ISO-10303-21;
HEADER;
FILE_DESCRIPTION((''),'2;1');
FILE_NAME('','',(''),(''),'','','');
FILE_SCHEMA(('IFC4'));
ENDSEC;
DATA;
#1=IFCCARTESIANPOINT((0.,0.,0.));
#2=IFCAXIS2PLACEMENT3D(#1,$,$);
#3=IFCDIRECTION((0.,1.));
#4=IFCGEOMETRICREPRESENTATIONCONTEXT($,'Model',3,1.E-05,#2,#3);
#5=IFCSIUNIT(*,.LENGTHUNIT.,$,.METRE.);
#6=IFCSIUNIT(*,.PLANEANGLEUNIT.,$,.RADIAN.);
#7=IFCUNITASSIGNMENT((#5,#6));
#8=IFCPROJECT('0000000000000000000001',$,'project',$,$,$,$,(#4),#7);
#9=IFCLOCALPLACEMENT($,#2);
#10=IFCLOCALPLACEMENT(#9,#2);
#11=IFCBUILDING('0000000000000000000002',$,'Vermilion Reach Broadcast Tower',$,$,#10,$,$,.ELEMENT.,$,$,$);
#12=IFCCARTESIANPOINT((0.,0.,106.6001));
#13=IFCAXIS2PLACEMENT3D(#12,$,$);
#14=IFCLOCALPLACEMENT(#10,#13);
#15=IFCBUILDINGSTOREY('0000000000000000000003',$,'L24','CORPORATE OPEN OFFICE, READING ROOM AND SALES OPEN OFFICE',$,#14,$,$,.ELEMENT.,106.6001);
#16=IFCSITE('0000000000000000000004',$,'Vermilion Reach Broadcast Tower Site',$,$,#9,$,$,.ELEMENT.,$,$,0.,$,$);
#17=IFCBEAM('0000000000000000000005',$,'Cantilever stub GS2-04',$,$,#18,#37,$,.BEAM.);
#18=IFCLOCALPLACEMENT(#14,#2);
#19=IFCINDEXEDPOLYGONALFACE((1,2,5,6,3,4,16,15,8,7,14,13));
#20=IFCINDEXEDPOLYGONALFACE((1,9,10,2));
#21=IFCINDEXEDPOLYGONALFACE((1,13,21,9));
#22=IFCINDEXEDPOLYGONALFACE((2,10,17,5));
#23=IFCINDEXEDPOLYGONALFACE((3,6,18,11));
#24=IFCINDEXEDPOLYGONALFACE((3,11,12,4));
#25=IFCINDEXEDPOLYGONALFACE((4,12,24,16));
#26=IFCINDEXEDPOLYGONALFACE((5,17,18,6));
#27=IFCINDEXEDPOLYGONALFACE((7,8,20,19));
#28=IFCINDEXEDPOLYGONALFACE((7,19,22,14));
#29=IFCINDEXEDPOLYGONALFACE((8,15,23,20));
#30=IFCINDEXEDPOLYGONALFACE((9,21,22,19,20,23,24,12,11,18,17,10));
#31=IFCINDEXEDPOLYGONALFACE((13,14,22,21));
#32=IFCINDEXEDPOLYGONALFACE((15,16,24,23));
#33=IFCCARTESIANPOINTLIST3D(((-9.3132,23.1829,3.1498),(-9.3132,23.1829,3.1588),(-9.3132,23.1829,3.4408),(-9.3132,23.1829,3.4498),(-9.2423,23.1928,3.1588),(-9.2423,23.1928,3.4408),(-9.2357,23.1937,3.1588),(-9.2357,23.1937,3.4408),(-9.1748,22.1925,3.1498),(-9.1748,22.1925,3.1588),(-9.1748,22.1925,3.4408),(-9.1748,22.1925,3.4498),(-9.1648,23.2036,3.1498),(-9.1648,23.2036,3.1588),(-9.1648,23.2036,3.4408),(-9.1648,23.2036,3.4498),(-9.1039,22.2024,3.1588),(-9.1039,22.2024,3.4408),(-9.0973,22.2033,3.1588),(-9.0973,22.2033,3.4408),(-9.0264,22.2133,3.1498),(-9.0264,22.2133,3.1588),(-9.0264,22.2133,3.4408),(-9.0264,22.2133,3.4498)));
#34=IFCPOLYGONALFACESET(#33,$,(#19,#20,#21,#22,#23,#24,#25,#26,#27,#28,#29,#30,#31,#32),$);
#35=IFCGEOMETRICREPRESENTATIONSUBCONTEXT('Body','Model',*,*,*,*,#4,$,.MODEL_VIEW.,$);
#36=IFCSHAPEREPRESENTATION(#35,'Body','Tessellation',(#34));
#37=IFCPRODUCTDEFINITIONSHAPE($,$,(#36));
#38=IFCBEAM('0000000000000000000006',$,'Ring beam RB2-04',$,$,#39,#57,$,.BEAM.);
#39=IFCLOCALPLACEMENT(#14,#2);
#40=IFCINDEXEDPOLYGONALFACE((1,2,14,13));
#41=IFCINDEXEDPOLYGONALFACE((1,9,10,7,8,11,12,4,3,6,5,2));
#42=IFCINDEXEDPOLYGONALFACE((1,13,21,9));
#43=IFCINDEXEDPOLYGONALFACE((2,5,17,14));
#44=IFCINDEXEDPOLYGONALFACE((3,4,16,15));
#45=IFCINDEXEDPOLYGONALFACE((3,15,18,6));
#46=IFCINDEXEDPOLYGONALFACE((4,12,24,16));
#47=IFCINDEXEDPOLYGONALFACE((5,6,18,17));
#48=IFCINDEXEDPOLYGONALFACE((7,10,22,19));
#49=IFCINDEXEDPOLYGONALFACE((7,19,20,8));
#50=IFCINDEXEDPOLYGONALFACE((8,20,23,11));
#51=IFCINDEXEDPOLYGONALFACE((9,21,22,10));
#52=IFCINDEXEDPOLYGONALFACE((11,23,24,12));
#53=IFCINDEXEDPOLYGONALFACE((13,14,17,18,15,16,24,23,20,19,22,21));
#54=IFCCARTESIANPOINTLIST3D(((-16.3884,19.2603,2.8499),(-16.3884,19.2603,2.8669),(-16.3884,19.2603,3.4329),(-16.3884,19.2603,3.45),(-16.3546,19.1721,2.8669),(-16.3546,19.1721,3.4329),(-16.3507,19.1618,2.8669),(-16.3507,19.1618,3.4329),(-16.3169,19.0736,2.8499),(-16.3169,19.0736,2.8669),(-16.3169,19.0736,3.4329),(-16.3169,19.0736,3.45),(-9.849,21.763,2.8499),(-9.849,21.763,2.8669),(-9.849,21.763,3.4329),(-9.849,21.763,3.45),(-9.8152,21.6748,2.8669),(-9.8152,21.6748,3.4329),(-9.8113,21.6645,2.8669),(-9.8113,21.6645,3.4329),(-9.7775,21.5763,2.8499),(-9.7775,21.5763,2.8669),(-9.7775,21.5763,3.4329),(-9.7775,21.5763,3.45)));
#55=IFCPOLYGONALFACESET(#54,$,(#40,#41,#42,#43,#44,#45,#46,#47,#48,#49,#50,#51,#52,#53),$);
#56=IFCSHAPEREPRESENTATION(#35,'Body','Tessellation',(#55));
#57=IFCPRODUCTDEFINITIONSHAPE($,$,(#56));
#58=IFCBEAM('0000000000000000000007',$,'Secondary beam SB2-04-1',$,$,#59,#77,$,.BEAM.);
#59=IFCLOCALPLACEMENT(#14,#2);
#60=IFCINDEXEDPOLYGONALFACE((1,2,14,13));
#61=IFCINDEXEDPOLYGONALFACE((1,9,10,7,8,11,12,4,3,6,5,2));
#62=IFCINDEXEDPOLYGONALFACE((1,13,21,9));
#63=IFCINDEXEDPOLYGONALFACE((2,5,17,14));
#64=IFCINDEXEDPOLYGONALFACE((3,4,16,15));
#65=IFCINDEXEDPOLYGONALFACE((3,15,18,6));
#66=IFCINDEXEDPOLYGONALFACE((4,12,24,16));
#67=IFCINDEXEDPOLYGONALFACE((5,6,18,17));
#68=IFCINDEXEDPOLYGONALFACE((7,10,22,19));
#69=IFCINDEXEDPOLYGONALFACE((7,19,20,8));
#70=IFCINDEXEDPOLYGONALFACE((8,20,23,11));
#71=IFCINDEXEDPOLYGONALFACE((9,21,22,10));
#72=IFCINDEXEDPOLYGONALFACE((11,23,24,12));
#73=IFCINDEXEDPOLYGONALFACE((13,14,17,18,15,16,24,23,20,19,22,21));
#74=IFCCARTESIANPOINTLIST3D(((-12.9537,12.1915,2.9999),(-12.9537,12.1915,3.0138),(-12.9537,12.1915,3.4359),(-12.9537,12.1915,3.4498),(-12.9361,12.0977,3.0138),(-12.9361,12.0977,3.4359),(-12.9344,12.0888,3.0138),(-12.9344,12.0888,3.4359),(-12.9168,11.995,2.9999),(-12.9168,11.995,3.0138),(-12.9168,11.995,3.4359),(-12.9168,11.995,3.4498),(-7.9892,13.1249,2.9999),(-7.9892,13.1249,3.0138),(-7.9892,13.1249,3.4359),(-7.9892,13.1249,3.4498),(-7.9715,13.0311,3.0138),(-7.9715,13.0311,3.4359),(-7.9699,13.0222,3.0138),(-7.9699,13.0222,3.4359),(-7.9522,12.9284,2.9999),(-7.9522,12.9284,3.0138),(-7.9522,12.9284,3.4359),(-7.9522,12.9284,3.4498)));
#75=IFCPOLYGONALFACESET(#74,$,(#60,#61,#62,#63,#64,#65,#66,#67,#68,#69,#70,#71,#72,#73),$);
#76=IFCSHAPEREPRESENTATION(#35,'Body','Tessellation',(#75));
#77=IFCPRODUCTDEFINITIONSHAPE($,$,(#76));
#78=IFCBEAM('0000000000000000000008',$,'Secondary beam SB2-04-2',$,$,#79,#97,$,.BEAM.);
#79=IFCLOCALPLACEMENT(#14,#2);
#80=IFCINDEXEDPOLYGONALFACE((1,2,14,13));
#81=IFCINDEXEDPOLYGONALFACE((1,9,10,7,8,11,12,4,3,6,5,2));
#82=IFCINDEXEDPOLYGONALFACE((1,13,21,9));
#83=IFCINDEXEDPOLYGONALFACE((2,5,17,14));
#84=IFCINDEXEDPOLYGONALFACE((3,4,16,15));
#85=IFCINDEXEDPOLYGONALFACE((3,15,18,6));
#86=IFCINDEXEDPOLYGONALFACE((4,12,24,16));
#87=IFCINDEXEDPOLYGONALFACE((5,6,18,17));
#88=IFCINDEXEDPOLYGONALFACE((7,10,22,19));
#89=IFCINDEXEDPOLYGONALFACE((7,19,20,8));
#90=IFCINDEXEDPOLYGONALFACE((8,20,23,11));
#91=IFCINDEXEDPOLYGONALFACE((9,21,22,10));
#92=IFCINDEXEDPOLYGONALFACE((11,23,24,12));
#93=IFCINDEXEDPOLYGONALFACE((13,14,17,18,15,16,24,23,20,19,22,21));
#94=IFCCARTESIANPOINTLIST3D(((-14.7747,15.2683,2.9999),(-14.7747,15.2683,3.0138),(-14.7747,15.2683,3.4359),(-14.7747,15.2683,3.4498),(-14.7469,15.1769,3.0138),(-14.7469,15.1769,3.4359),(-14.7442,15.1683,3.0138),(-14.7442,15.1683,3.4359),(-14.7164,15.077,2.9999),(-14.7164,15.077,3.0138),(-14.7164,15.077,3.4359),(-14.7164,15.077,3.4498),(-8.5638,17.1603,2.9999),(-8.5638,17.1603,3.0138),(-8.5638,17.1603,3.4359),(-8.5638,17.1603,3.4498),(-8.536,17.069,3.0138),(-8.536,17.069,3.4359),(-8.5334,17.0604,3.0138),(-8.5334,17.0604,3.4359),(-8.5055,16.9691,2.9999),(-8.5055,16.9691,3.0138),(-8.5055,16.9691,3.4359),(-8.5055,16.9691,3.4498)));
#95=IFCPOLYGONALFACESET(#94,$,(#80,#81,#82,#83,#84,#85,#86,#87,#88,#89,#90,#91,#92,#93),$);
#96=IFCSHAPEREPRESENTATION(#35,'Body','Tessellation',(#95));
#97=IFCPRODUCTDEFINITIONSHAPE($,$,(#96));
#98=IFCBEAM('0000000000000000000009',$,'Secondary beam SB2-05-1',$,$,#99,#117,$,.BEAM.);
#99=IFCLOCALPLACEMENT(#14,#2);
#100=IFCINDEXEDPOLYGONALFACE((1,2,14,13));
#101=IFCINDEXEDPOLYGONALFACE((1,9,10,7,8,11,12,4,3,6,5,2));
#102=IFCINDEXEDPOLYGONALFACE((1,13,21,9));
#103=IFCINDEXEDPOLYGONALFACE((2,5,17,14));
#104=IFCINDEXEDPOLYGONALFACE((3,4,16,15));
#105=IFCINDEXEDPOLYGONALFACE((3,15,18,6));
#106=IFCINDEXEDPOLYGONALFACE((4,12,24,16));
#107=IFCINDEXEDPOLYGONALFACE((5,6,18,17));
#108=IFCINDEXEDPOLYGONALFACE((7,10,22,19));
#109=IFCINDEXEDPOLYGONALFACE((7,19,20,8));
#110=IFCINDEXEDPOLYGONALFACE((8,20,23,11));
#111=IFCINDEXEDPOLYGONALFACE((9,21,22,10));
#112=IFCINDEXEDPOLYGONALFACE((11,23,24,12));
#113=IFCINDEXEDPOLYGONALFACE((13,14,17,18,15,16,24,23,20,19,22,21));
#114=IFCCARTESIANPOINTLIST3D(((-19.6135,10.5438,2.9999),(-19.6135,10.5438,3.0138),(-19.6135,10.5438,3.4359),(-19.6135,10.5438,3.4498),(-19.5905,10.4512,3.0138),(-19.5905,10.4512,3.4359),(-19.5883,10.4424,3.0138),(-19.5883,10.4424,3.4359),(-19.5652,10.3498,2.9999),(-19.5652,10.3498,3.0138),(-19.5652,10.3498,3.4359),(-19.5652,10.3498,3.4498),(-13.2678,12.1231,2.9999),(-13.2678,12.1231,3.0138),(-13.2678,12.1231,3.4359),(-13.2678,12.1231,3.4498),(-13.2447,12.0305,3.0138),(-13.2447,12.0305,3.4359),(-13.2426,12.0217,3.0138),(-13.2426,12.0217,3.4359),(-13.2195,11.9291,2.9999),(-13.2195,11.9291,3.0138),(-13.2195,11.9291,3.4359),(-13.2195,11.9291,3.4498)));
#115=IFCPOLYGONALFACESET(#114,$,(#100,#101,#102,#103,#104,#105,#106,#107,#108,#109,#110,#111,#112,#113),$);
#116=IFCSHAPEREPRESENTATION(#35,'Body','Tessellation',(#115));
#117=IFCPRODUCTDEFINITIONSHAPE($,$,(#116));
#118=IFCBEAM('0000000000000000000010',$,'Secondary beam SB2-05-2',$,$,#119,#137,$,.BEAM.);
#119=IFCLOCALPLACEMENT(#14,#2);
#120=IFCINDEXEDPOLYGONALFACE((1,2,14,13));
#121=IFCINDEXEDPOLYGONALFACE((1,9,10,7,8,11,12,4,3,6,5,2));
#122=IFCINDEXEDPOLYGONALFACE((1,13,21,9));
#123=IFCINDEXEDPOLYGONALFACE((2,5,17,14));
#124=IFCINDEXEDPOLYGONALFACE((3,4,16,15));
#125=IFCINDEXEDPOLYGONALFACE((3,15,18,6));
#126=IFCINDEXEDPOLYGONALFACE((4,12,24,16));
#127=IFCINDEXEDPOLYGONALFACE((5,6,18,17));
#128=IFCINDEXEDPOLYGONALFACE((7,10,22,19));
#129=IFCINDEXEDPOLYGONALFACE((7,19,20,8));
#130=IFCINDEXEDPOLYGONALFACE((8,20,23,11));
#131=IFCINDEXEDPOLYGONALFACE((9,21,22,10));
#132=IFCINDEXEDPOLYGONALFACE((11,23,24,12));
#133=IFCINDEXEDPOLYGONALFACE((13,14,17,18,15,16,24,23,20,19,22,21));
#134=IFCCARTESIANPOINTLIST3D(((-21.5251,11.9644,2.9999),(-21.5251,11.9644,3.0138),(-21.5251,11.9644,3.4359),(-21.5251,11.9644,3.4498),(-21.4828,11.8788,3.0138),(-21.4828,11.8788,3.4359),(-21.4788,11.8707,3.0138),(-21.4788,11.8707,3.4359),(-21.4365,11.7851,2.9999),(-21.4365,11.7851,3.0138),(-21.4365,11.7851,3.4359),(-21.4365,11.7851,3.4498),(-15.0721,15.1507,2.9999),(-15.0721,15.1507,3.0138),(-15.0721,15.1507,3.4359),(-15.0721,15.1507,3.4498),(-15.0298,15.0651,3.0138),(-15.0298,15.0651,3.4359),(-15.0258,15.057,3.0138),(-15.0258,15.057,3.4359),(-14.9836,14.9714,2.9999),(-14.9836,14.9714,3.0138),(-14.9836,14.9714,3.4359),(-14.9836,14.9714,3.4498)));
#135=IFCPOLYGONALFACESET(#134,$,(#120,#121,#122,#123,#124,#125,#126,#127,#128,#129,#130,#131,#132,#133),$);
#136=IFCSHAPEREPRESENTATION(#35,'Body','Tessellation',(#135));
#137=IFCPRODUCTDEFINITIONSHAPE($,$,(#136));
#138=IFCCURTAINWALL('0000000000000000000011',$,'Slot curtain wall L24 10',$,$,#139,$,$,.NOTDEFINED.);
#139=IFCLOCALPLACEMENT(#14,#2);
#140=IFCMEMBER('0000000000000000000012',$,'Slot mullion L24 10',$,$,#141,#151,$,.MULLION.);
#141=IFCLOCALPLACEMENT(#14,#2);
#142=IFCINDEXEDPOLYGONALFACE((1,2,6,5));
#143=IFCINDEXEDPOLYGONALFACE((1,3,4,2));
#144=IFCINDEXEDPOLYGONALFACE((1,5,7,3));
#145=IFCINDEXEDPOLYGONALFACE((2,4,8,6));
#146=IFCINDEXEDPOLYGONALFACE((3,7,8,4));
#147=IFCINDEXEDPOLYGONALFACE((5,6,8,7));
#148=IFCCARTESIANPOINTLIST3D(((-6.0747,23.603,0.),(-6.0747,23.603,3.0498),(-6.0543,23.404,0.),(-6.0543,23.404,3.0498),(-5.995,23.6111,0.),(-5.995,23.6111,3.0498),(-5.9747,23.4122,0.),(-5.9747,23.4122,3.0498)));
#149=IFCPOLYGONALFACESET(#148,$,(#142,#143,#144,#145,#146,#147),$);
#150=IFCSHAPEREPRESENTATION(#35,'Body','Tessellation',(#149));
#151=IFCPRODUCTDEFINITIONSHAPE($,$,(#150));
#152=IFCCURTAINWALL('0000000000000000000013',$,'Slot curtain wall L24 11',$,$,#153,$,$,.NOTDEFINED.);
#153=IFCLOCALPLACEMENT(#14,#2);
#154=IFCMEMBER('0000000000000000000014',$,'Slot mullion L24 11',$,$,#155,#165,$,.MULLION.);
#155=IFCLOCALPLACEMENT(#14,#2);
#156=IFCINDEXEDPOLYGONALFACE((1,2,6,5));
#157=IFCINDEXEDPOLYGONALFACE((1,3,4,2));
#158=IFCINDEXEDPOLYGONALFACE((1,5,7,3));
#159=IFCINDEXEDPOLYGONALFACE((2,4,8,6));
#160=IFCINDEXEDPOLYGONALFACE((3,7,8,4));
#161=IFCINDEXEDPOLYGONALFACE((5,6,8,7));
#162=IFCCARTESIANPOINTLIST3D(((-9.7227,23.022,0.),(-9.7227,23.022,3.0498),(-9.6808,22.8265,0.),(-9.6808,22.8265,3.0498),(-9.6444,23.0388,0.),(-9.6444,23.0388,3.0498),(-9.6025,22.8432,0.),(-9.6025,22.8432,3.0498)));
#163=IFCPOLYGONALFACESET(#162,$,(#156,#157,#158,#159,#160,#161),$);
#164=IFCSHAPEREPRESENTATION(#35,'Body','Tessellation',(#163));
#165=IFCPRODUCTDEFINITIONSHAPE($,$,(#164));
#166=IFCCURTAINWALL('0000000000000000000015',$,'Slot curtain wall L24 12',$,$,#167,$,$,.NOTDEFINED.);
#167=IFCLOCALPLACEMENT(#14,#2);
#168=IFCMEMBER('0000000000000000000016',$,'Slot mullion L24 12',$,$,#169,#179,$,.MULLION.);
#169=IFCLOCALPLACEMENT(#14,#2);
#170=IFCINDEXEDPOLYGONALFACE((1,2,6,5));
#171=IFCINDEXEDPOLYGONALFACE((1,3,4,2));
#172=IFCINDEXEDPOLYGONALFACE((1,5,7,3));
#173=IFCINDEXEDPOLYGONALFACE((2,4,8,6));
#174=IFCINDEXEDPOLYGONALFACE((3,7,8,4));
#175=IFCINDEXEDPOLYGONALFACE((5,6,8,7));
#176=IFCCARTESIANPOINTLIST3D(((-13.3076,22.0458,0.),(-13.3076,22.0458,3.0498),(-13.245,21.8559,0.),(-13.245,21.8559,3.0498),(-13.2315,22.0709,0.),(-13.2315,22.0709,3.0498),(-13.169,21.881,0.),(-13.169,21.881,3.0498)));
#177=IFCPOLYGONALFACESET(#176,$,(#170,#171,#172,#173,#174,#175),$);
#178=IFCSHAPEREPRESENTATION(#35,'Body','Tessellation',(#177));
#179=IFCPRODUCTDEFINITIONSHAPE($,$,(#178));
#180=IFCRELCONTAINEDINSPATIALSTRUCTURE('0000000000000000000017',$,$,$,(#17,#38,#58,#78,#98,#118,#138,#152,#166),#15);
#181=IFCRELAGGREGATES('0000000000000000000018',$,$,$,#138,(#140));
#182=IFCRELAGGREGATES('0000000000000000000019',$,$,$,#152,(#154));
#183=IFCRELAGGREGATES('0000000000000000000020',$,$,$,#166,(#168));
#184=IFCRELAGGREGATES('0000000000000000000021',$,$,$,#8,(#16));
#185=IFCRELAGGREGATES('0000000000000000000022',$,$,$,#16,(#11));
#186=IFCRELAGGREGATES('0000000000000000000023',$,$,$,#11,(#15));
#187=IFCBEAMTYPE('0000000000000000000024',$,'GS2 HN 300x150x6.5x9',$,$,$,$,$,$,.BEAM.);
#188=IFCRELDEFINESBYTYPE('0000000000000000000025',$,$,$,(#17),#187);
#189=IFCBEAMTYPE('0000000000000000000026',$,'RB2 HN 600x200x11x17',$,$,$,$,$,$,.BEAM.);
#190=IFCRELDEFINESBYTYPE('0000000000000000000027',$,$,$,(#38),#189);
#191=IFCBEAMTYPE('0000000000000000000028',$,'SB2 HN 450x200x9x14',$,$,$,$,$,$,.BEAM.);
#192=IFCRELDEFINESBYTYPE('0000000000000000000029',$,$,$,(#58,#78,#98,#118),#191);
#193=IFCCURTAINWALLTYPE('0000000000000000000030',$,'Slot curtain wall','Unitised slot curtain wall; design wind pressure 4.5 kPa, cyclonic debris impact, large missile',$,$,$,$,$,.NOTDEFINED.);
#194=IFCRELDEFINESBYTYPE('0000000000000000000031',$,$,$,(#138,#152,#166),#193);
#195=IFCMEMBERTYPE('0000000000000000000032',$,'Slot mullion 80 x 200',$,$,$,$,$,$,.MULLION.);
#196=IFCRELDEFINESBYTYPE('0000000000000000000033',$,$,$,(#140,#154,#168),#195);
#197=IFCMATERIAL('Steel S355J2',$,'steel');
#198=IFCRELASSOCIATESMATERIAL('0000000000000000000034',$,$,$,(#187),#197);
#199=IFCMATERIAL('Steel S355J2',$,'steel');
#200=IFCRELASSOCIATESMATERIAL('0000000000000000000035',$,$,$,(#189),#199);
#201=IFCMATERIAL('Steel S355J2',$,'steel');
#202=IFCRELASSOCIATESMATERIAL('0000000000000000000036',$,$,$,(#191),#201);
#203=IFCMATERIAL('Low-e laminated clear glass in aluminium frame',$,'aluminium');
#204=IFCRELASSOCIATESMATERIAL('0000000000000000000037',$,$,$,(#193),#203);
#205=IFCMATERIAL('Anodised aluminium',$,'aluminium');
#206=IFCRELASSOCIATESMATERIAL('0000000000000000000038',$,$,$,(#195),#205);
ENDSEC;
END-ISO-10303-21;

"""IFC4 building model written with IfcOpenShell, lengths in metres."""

from ifc_helpers import new_model, si_unit, direction, frame, origin, origin_2d, place, context, subcontext, project, spatial, rectangle, i_section, extrude, material, material_profile, profile_set, type_object, element, aggregate, save


model = new_model("IFC4")

# Units and contexts
model_context = context("Model", 3, precision=1e-05, world=origin(), true_north=direction((0.0, 1.0)))
body_context = subcontext(model_context, "Body", "Model", "MODEL_VIEW")
ifc_project = project(units=[si_unit("LENGTHUNIT", "METRE"), si_unit("PLANEANGLEUNIT", "RADIAN")], contexts=[model_context])

# Site, building, storey
site_placement = place(None, origin())
site = spatial("IfcSite", under=ifc_project, at=site_placement, Name="Vermilion Reach Broadcast Tower Site", CompositionType="ELEMENT", RefElevation=0.0)
building_placement = place(site_placement, origin())
building = spatial("IfcBuilding", under=site, at=building_placement, Name="Vermilion Reach Broadcast Tower", CompositionType="ELEMENT")
storey_placement = place(building_placement, frame((0.0, 0.0, 106.6001)))
storey = spatial("IfcBuildingStorey", under=building, at=storey_placement, Name="L24", Description="CORPORATE OPEN OFFICE, READING ROOM AND SALES OPEN OFFICE", CompositionType="ELEMENT", Elevation=106.6001)

# Beams
ifc_material_1 = material(Name="Steel S355J2", Category="steel")
ifc_material_profile_1 = material_profile(ifc_material_1, i_section(OverallWidth=0.1499, OverallDepth=0.3, WebThickness=0.0066, FlangeThickness=0.009, at=origin_2d()), Name="S355J2 HN 300x150x6.5x9")
ifc_profile_set_1 = profile_set([ifc_material_profile_1], Name="Steel S355J2")
beam_type_1 = type_object("IfcBeamType", Name="GS2 HN 300x150x6.5x9", PredefinedType="BEAM", material=ifc_profile_set_1)
beam_1_placement = place(storey_placement, frame((-9.1006, 22.2029, 3.2998), z_axis=(-0.138413, 0.990375, 0.0), x_axis=(-0.990375, -0.138413, 0.0)))
element("IfcBeam", 1, at=beam_1_placement, inside=storey, type_object=beam_type_1, Name="Cantilever stub GS2-04", PredefinedType="BEAM", context=body_context, shape_type="SweptSolid", body=[
    extrude(i_section(OverallWidth=0.1499, OverallDepth=0.3, WebThickness=0.0066, FlangeThickness=0.009, at=origin_2d()), origin(), (0.0, 0.0, 1.0), 1.0),
])
ifc_material_2 = material(Name="Steel S355J2", Category="steel")
ifc_material_profile_2 = material_profile(ifc_material_2, i_section(OverallWidth=0.2, OverallDepth=0.6001, WebThickness=0.011, FlangeThickness=0.0171, at=origin_2d()), Name="S355J2 HN 600x200x11x17")
ifc_profile_set_2 = profile_set([ifc_material_profile_2], Name="Steel S355J2")
beam_type_2 = type_object("IfcBeamType", Name="RB2 HN 600x200x11x17", PredefinedType="BEAM", material=ifc_profile_set_2)
beam_2_placement = place(storey_placement, frame((-9.8132, 21.6697, 3.1499), z_axis=(-0.933939, -0.357432, 0.0), x_axis=(0.357432, -0.933939, 0.0)))
element("IfcBeam", 2, at=beam_2_placement, inside=storey, type_object=beam_type_2, Name="Ring beam RB2-04", PredefinedType="BEAM", context=body_context, shape_type="SweptSolid", body=[
    extrude(i_section(OverallWidth=0.2, OverallDepth=0.6001, WebThickness=0.011, FlangeThickness=0.0171, at=origin_2d()), origin(), (0.0, 0.0, 1.0), 7.002),
])
ifc_material_3 = material(Name="Steel S355J2", Category="steel")
ifc_material_profile_3 = material_profile(ifc_material_3, i_section(OverallWidth=0.2, OverallDepth=0.45, WebThickness=0.009, FlangeThickness=0.0139, at=origin_2d()), Name="S355J2 HN 450x200x9x14")
ifc_profile_set_3 = profile_set([ifc_material_profile_3], Name="Steel S355J2")
beam_type_3 = type_object("IfcBeamType", Name="SB2 HN 450x200x9x14", PredefinedType="BEAM", material=ifc_profile_set_3)
beam_3_placement = place(storey_placement, frame((-7.9707, 13.0266, 3.2249), z_axis=(-0.982783, -0.184764, 0.0), x_axis=(0.184764, -0.982783, 0.0)))
element("IfcBeam", 3, at=beam_3_placement, inside=storey, type_object=beam_type_3, Name="Secondary beam SB2-04-1", PredefinedType="BEAM", context=body_context, shape_type="SweptSolid", body=[
    extrude(i_section(OverallWidth=0.2, OverallDepth=0.45, WebThickness=0.009, FlangeThickness=0.0139, at=origin_2d()), origin(), (0.0, 0.0, 1.0), 5.0515),
])
beam_4_placement = place(storey_placement, frame((-8.5347, 17.0647, 3.2249), z_axis=(-0.956596, -0.291416, 0.0), x_axis=(0.291416, -0.956596, 0.0)))
element("IfcBeam", 4, at=beam_4_placement, inside=storey, type_object=beam_type_3, Name="Secondary beam SB2-04-2", PredefinedType="BEAM", context=body_context, shape_type="SweptSolid", body=[
    extrude(i_section(OverallWidth=0.2, OverallDepth=0.45, WebThickness=0.009, FlangeThickness=0.0139, at=origin_2d()), origin(), (0.0, 0.0, 1.0), 6.4927),
])
beam_5_placement = place(storey_placement, frame((-13.2437, 12.0261, 3.2249), z_axis=(-0.970397, -0.241516, 0.0), x_axis=(0.241516, -0.970397, 0.0)))
element("IfcBeam", 5, at=beam_5_placement, inside=storey, type_object=beam_type_3, Name="Secondary beam SB2-05-1", PredefinedType="BEAM", context=body_context, shape_type="SweptSolid", body=[
    extrude(i_section(OverallWidth=0.2, OverallDepth=0.45, WebThickness=0.009, FlangeThickness=0.0139, at=origin_2d()), origin(), (0.0, 0.0, 1.0), 6.5393),
])
beam_6_placement = place(storey_placement, frame((-15.0278, 15.061, 3.2249), z_axis=(-0.896648, -0.442744, 0.0), x_axis=(0.442744, -0.896648, 0.0)))
element("IfcBeam", 6, at=beam_6_placement, inside=storey, type_object=beam_type_3, Name="Secondary beam SB2-05-2", PredefinedType="BEAM", context=body_context, shape_type="SweptSolid", body=[
    extrude(i_section(OverallWidth=0.2, OverallDepth=0.45, WebThickness=0.009, FlangeThickness=0.0139, at=origin_2d()), origin(), (0.0, 0.0, 1.0), 7.1968),
])

# Curtain walls, members
ifc_material_4 = material(Name="Low-e laminated clear glass in aluminium frame", Category="aluminium")
curtain_wall_type = type_object("IfcCurtainWallType", Name="Slot curtain wall", Description="Unitised slot curtain wall; design wind pressure 4.5 kPa, cyclonic debris impact, large missile", PredefinedType="NOTDEFINED", material=ifc_material_4)
placement = place(storey_placement, origin())
curtain_wall_1 = element("IfcCurtainWall", 7, at=placement, inside=storey, type_object=curtain_wall_type, Name="Slot curtain wall L24 10", PredefinedType="NOTDEFINED")
ifc_material_5 = material(Name="Anodised aluminium", Category="aluminium")
ifc_material_profile_4 = material_profile(ifc_material_5, rectangle(XDim=0.2, YDim=0.0801, at=origin_2d()), Name="Slot mullion 80 x 200")
ifc_profile_set_4 = profile_set([ifc_material_profile_4], Name="Anodised aluminium")
member_type_1 = type_object("IfcMemberType", Name="Slot mullion 80 x 200", PredefinedType="MULLION", material=ifc_profile_set_4)
member_1_placement = place(storey_placement, frame((-6.0247, 23.5076, 0.0), z_axis=(0.0, 0.0, 1.0), x_axis=(0.101734, -0.994812, 0.0)))
member_1 = element("IfcMember", 8, at=member_1_placement, type_object=member_type_1, Name="Slot mullion L24 10", PredefinedType="MULLION", context=body_context, shape_type="SweptSolid", body=[
    extrude(rectangle(XDim=0.2, YDim=0.0801, at=origin_2d()), origin(), (0.0, 0.0, 1.0), 3.0498),
])
curtain_wall_2 = element("IfcCurtainWall", 9, at=placement, inside=storey, type_object=curtain_wall_type, Name="Slot curtain wall L24 11", PredefinedType="NOTDEFINED")
member_2_placement = place(storey_placement, frame((-9.6626, 22.9326, 0.0), z_axis=(0.0, 0.0, 1.0), x_axis=(0.209176, -0.977878, 0.0)))
member_2 = element("IfcMember", 10, at=member_2_placement, type_object=member_type_1, Name="Slot mullion L24 11", PredefinedType="MULLION", context=body_context, shape_type="SweptSolid", body=[
    extrude(rectangle(XDim=0.2, YDim=0.0801, at=origin_2d()), origin(), (0.0, 0.0, 1.0), 3.0498),
])
curtain_wall_3 = element("IfcCurtainWall", 11, at=placement, inside=storey, type_object=curtain_wall_type, Name="Slot curtain wall L24 12", PredefinedType="NOTDEFINED")
member_3_placement = place(storey_placement, frame((-13.2383, 21.9634, 0.0), z_axis=(0.0, 0.0, 1.0), x_axis=(0.312998, -0.949754, 0.0)))
member_3 = element("IfcMember", 12, at=member_3_placement, type_object=member_type_1, Name="Slot mullion L24 12", PredefinedType="MULLION", context=body_context, shape_type="SweptSolid", body=[
    extrude(rectangle(XDim=0.2, YDim=0.0801, at=origin_2d()), origin(), (0.0, 0.0, 1.0), 3.0498),
])

aggregate(curtain_wall_1, [member_1])
aggregate(curtain_wall_2, [member_2])
aggregate(curtain_wall_3, [member_3])

save(model, "model.ifc")
